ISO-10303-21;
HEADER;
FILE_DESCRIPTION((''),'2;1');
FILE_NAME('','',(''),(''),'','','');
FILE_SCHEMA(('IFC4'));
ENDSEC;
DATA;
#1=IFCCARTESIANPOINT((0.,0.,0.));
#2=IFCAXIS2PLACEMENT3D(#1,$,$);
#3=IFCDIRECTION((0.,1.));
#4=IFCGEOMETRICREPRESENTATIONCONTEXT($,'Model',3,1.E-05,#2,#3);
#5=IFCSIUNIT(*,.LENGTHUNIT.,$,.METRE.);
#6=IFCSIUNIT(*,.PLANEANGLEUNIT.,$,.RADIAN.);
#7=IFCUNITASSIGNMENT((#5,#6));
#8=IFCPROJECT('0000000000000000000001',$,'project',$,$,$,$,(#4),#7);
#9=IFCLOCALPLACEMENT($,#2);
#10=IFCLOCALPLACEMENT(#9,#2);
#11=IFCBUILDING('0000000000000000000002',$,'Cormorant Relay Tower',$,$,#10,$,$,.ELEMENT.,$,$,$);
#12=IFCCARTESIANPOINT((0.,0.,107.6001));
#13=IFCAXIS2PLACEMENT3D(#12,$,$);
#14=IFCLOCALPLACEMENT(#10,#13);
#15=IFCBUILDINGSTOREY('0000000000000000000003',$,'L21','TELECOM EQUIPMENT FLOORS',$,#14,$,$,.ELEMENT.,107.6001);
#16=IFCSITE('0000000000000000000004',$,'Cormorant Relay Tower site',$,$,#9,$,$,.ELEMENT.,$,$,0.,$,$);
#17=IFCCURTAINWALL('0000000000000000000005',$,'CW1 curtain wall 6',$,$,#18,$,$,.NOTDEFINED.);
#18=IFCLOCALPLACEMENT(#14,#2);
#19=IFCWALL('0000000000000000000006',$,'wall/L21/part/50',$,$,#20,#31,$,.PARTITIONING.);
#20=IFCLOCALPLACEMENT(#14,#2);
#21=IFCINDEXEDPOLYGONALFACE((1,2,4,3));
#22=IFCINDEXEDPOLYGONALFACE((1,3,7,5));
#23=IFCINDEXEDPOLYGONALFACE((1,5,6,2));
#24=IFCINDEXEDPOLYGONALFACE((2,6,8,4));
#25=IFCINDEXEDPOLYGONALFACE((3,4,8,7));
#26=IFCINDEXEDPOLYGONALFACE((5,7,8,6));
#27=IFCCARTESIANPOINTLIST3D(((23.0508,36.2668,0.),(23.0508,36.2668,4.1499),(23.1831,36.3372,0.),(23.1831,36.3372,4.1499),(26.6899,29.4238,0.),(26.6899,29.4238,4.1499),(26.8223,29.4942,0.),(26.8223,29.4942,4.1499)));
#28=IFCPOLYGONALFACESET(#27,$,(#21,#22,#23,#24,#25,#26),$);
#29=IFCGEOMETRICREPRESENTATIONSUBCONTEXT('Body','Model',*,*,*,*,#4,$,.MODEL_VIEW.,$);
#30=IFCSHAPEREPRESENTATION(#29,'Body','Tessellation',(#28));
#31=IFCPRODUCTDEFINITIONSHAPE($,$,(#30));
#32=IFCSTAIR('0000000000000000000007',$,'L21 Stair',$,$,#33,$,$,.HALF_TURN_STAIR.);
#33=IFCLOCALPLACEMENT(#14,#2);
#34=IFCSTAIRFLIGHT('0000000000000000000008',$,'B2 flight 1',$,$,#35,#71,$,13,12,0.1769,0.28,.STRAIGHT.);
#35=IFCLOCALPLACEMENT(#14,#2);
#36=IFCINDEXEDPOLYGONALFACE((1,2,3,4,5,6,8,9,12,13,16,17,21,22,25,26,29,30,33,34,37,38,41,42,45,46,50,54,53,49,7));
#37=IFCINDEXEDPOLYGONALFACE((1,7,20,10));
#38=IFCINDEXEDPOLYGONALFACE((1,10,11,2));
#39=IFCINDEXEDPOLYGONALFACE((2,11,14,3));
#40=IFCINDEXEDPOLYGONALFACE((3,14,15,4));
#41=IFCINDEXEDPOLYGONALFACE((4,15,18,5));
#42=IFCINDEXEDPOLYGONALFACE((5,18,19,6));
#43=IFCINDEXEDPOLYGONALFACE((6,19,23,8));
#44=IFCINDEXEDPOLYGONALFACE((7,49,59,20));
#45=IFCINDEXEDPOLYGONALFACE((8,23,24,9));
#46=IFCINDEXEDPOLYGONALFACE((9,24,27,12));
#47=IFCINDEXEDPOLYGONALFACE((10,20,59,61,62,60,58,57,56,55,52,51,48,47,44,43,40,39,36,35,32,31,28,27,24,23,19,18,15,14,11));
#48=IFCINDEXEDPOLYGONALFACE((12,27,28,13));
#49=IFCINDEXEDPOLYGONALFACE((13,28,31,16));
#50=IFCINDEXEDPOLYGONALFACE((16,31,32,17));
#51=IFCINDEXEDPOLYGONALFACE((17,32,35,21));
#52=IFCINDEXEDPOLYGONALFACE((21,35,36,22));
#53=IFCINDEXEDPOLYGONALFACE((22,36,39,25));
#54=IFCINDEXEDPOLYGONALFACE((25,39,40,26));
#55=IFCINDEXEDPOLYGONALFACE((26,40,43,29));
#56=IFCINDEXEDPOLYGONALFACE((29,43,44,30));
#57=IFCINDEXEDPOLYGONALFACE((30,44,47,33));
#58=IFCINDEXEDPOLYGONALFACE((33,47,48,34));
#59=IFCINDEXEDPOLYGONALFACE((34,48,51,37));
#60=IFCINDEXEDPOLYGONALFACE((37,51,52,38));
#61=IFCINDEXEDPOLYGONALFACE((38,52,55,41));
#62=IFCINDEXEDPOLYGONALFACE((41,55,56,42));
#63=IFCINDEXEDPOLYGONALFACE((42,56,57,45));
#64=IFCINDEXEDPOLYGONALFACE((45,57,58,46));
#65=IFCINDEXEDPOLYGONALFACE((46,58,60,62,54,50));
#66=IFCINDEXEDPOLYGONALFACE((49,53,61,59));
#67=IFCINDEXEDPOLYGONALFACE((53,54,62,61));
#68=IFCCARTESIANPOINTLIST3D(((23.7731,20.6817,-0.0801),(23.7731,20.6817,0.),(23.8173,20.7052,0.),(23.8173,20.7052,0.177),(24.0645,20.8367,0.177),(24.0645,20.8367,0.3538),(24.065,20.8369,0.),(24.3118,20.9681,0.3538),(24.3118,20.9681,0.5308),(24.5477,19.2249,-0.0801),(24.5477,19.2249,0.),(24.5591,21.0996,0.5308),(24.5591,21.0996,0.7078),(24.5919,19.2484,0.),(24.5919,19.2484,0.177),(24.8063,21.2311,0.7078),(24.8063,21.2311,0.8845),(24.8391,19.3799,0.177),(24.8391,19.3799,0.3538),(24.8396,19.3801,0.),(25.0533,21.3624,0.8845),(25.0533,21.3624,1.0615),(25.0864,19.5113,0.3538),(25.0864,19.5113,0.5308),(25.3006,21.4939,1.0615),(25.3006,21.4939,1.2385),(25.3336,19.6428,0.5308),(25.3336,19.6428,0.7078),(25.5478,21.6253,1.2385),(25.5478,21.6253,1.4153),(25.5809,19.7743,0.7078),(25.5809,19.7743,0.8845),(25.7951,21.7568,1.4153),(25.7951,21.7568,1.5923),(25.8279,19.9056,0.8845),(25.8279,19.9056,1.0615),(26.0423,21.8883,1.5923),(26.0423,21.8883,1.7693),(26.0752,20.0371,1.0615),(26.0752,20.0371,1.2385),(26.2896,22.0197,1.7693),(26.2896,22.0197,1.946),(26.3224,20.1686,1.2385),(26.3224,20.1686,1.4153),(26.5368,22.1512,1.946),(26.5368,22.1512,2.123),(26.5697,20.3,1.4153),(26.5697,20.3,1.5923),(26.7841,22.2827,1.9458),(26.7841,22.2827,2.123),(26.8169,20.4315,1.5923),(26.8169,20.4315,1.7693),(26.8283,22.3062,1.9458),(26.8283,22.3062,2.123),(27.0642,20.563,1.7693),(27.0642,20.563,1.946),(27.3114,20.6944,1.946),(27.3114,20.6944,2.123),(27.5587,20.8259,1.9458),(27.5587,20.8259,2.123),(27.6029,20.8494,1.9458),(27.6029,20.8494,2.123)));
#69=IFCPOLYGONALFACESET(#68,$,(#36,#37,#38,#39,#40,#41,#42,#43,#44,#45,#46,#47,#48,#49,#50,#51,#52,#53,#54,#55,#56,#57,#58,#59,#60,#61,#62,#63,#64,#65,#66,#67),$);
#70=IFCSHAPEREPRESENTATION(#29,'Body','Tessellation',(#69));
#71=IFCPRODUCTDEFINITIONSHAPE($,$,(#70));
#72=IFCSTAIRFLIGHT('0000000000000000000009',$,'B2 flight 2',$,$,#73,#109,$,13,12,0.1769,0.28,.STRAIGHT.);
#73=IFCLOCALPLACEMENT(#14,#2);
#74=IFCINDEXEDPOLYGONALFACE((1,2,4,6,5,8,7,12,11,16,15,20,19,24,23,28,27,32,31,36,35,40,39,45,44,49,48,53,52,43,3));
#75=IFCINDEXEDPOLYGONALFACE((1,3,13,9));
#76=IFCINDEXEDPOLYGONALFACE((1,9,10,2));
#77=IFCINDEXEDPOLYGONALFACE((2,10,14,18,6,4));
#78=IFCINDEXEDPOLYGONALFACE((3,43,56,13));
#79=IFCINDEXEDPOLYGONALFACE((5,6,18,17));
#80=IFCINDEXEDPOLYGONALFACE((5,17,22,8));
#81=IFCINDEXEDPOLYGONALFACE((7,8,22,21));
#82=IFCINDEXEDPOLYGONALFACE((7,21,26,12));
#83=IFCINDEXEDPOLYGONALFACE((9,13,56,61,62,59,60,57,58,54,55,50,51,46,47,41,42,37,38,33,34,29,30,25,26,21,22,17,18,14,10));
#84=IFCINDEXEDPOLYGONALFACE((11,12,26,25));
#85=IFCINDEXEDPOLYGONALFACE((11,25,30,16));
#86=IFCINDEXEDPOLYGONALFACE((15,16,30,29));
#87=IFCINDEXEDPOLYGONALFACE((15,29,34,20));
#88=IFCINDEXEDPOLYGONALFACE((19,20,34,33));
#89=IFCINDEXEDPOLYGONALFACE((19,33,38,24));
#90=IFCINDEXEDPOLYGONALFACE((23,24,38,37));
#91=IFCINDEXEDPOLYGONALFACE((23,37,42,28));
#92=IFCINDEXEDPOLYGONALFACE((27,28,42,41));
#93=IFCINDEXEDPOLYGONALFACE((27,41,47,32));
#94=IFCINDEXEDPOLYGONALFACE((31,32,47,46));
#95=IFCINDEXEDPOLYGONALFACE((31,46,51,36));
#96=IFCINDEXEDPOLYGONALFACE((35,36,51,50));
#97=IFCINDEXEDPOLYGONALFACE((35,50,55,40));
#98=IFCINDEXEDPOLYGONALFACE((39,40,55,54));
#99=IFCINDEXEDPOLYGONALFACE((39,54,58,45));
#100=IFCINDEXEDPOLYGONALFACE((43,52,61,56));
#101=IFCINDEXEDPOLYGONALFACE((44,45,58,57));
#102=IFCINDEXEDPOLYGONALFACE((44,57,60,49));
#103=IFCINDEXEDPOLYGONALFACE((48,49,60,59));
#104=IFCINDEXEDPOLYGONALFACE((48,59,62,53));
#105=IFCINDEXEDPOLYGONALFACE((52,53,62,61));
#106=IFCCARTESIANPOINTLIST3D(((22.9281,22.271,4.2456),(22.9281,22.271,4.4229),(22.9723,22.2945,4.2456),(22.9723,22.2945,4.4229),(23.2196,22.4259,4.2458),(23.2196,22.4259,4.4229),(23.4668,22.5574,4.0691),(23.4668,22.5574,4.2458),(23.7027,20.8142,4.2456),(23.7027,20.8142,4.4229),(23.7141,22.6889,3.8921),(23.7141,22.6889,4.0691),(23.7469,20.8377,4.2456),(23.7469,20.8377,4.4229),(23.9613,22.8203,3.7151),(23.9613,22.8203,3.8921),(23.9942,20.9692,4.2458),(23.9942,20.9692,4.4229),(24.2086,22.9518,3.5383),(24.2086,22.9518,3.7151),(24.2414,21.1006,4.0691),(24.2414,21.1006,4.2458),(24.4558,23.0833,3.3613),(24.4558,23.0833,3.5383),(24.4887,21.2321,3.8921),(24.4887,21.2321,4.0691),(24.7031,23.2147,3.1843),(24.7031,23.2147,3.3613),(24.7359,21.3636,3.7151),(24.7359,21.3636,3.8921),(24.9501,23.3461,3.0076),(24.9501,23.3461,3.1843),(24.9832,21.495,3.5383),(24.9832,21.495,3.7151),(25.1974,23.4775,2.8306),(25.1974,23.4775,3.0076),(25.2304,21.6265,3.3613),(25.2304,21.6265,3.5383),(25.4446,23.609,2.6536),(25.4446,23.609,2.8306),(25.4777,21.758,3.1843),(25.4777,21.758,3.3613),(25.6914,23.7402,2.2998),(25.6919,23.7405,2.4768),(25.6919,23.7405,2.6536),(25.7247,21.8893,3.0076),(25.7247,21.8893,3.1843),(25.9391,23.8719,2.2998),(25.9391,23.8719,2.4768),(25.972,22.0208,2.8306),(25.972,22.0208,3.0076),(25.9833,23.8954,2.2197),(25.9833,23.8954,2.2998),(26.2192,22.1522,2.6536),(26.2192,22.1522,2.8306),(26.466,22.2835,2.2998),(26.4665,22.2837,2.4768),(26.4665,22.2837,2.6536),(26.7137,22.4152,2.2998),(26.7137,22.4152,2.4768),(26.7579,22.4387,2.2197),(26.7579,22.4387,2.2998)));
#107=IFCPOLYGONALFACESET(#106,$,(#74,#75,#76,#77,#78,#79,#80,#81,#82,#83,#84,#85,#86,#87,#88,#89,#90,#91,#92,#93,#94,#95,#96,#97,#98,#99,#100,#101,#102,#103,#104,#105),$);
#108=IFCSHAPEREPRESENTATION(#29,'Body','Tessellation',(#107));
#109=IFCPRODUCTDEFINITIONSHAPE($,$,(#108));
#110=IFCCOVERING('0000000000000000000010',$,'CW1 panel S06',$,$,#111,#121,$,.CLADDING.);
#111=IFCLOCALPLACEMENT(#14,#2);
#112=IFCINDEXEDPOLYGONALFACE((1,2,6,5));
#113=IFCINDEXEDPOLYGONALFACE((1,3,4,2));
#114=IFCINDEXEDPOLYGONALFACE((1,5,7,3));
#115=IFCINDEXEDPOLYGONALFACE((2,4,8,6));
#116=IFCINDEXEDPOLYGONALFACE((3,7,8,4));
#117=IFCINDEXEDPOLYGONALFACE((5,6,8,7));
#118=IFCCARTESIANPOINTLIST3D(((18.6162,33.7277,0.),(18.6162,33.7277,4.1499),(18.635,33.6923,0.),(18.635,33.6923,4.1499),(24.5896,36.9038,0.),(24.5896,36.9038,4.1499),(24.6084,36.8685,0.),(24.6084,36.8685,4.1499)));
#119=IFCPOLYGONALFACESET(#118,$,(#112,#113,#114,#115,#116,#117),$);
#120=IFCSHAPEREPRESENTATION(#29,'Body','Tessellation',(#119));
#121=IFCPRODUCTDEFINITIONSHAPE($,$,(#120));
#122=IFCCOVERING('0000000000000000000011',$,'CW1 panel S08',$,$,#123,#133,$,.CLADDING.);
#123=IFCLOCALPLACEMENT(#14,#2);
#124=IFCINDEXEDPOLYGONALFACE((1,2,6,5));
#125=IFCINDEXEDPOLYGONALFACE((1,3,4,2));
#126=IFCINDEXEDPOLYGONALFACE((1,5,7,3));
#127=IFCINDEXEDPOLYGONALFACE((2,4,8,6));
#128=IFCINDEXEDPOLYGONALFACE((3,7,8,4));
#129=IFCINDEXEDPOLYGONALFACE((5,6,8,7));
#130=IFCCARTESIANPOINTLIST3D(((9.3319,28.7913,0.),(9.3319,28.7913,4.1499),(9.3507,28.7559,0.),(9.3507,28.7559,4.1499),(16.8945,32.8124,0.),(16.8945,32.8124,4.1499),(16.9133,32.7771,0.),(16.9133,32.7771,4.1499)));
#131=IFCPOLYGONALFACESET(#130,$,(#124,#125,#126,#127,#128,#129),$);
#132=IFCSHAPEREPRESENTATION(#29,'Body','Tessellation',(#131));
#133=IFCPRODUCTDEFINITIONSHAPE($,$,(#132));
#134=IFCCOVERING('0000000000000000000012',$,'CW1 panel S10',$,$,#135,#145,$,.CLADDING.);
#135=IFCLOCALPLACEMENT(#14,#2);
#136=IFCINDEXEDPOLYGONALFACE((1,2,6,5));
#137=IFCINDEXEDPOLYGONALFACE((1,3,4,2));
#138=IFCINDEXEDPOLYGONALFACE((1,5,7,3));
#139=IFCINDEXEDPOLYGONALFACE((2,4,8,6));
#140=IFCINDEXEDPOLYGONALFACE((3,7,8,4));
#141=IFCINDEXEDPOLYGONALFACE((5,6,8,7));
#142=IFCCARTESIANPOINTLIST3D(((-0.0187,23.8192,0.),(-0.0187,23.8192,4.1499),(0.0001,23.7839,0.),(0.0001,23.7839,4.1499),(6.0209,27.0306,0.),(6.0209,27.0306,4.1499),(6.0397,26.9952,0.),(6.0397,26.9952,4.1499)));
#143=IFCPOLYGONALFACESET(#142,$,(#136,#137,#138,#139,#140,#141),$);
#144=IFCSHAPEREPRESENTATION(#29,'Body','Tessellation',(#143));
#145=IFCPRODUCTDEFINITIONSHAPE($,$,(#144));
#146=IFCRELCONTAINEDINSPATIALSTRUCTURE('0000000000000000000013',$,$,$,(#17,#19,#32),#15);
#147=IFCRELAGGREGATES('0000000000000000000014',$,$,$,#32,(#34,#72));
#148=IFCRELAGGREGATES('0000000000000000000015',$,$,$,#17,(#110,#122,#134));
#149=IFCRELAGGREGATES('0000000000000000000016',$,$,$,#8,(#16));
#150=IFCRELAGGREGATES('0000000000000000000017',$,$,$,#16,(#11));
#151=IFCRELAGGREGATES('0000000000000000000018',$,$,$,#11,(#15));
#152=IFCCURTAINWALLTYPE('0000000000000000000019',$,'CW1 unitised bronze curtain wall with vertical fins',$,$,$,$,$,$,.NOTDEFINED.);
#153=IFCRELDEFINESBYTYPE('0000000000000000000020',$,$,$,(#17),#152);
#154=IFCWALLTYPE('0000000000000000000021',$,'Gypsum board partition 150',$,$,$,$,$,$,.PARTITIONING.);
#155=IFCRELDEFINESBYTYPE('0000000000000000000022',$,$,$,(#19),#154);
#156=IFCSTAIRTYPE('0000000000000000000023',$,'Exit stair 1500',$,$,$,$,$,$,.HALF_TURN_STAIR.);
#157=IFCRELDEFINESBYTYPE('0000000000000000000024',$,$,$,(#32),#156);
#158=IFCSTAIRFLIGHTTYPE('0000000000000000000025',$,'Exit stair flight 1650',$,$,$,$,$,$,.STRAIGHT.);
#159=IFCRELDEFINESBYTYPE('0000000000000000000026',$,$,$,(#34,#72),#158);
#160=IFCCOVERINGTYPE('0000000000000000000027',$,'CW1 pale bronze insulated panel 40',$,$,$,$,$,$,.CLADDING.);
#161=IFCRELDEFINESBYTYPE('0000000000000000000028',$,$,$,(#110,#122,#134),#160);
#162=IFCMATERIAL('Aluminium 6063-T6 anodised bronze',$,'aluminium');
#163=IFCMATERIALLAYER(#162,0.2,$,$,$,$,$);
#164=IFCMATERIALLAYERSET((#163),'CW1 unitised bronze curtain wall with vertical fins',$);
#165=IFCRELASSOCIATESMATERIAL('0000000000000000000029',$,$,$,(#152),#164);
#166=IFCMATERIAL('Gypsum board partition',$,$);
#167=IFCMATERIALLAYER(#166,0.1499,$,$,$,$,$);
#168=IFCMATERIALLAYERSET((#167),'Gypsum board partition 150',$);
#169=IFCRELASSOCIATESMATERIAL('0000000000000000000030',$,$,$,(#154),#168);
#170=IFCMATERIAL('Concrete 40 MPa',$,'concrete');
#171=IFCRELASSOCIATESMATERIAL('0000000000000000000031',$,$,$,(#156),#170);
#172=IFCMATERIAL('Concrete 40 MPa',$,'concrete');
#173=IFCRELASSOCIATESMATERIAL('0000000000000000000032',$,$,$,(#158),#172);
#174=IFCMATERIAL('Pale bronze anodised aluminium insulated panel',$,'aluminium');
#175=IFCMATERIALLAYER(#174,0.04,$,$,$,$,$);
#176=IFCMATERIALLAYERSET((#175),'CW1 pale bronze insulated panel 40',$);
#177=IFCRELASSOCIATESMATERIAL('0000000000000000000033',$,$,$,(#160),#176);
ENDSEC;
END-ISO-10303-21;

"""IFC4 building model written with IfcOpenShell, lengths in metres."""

from ifc_helpers import new_model, si_unit, direction, frame, frame_2d, origin, origin_2d, place, context, subcontext, project, spatial, polyline, rectangle, outline, extrude, material, layer, layer_set, type_object, element, aggregate, save


model = new_model("IFC4")

# Units and contexts
model_context = context("Model", 3, precision=1e-05, world=origin(), true_north=direction((0.0, 1.0)))
body_context = subcontext(model_context, "Body", "Model", "MODEL_VIEW")
ifc_project = project(units=[si_unit("LENGTHUNIT", "METRE"), si_unit("PLANEANGLEUNIT", "RADIAN")], contexts=[model_context])

# Site, building, storey
site_placement = place(None, origin())
site = spatial("IfcSite", under=ifc_project, at=site_placement, Name="Cormorant Relay Tower site", CompositionType="ELEMENT", RefElevation=0.0)
building_placement = place(site_placement, origin())
building = spatial("IfcBuilding", under=site, at=building_placement, Name="Cormorant Relay Tower", CompositionType="ELEMENT")
storey_placement = place(building_placement, frame((0.0, 0.0, 107.6001)))
storey = spatial("IfcBuildingStorey", under=building, at=storey_placement, Name="L21", Description="TELECOM EQUIPMENT FLOORS", CompositionType="ELEMENT", Elevation=107.6001)

# Curtain wall
ifc_material_1 = material(Name="Aluminium 6063-T6 anodised bronze", Category="aluminium")
ifc_layer_1 = layer(ifc_material_1, 0.2)
ifc_layer_set_1 = layer_set([ifc_layer_1], Name="CW1 unitised bronze curtain wall with vertical fins")
curtain_wall_type = type_object("IfcCurtainWallType", Name="CW1 unitised bronze curtain wall with vertical fins", PredefinedType="NOTDEFINED", material=ifc_layer_set_1)
curtain_wall_1_placement = place(storey_placement, origin())
curtain_wall_1 = element("IfcCurtainWall", 1, at=curtain_wall_1_placement, inside=storey, type_object=curtain_wall_type, Name="CW1 curtain wall 6", PredefinedType="NOTDEFINED")

# Wall
ifc_material_2 = material(Name="Gypsum board partition")
ifc_layer_2 = layer(ifc_material_2, 0.1499)
ifc_layer_set_2 = layer_set([ifc_layer_2], Name="Gypsum board partition 150")
wall_type_1 = type_object("IfcWallType", Name="Gypsum board partition 150", PredefinedType="PARTITIONING", material=ifc_layer_set_2)
wall_1_placement = place(storey_placement, frame((23.1169, 36.302, 0.0), z_axis=(0.0, 0.0, 1.0), x_axis=(0.469538, -0.882912, 0.0)))
element("IfcWall", 2, at=wall_1_placement, inside=storey, type_object=wall_type_1, Name="wall/L21/part/50", PredefinedType="PARTITIONING", context=body_context, shape_type="SweptSolid", body=[
    extrude(rectangle(XDim=7.7505, YDim=0.1499, at=frame_2d((3.8752, 0.0))), origin(), (0.0, 0.0, 1.0), 4.1499),
])

# Stair, stair flights
ifc_material_3 = material(Name="Concrete 40 MPa", Category="concrete")
stair_type = type_object("IfcStairType", Name="Exit stair 1500", PredefinedType="HALF_TURN_STAIR", material=ifc_material_3)
stair_placement = place(storey_placement, origin())
stair = element("IfcStair", 3, at=stair_placement, inside=storey, type_object=stair_type, Name="L21 Stair", PredefinedType="HALF_TURN_STAIR")
ifc_material_4 = material(Name="Concrete 40 MPa", Category="concrete")
stair_flight_type = type_object("IfcStairFlightType", Name="Exit stair flight 1650", PredefinedType="STRAIGHT", material=ifc_material_4)
stair_flight_1_placement = place(storey_placement, frame((24.2046, 19.9768, 0.0), z_axis=(0.0, 0.0, 1.0), x_axis=(0.882948, 0.469472, 0.0)))
stair_flight_1 = element("IfcStairFlight", 4, at=stair_flight_1_placement, type_object=stair_flight_type, Name="B2 flight 1", NumberOfRisers=13, NumberOfTreads=12, PredefinedType="STRAIGHT", RiserHeight=0.1769, TreadLength=0.28, context=body_context, shape_type="SweptSolid", body=[
    extrude(outline(polyline([(-0.05, -0.0801), (-0.05, 0.0), (0.0, 0.0), (0.0, 0.177), (0.28, 0.177), (0.28, 0.3538), (0.5601, 0.3538), (0.5601, 0.5308), (0.8401, 0.5308), (0.8401, 0.7078), (1.1201, 0.7078), (1.1201, 0.8845), (1.3999, 0.8845), (1.3999, 1.0615), (1.6799, 1.0615), (1.6799, 1.2385), (1.96, 1.2385), (1.96, 1.4153), (2.24, 1.4153), (2.24, 1.5923), (2.52, 1.5923), (2.52, 1.7693), (2.8, 1.7693), (2.8, 1.946), (3.0801, 1.946), (3.0801, 2.123), (3.3601, 2.123), (3.4102, 2.123), (3.4102, 1.9458), (3.3601, 1.9458), (0.2805, 0.0), (-0.05, -0.0801)])), frame((0.0, 0.825, 0.0), z_axis=(0.0, -1.0, 0.0), x_axis=(1.0, 0.0, 0.0)), (0.0, 0.0, 1.0), 1.6499),
])
stair_flight_2_placement = place(storey_placement, frame((26.3264, 23.1436, 2.2998), z_axis=(0.0, 0.0, 1.0), x_axis=(-0.882948, -0.469472, 0.0)))
stair_flight_2 = element("IfcStairFlight", 5, at=stair_flight_2_placement, type_object=stair_flight_type, Name="B2 flight 2", NumberOfRisers=13, NumberOfTreads=12, PredefinedType="STRAIGHT", RiserHeight=0.1769, TreadLength=0.28, context=body_context, shape_type="SweptSolid", body=[
    extrude(outline(polyline([(-0.05, -0.0801), (-0.05, 0.0), (0.0, 0.0), (0.0, 0.177), (0.28, 0.177), (0.28, 0.3538), (0.5601, 0.3538), (0.5601, 0.5308), (0.8401, 0.5308), (0.8401, 0.7078), (1.1201, 0.7078), (1.1201, 0.8845), (1.3999, 0.8845), (1.3999, 1.0615), (1.6799, 1.0615), (1.6799, 1.2385), (1.96, 1.2385), (1.96, 1.4153), (2.24, 1.4153), (2.24, 1.5923), (2.52, 1.5923), (2.52, 1.7693), (2.8, 1.7693), (2.8, 1.946), (3.0801, 1.946), (3.0801, 2.123), (3.3601, 2.123), (3.4102, 2.123), (3.4102, 1.9458), (3.3601, 1.9458), (0.2805, 0.0), (-0.05, -0.0801)])), frame((0.0, 0.825, 0.0), z_axis=(0.0, -1.0, 0.0), x_axis=(1.0, 0.0, 0.0)), (0.0, 0.0, 1.0), 1.6499),
])
aggregate(stair, [stair_flight_1, stair_flight_2])

# Coverings
ifc_material_5 = material(Name="Pale bronze anodised aluminium insulated panel", Category="aluminium")
ifc_layer_3 = layer(ifc_material_5, 0.04)
ifc_layer_set_3 = layer_set([ifc_layer_3], Name="CW1 pale bronze insulated panel 40")
covering_type = type_object("IfcCoveringType", Name="CW1 pale bronze insulated panel 40", PredefinedType="CLADDING", material=ifc_layer_set_3)
covering_1_placement = place(storey_placement, frame((21.6123, 35.2981, 0.0), z_axis=(0.0, 0.0, 1.0), x_axis=(-0.882948, -0.469472, 0.0)))
covering_1 = element("IfcCovering", 6, at=covering_1_placement, type_object=covering_type, Name="CW1 panel S06", PredefinedType="CLADDING", context=body_context, shape_type="SweptSolid", body=[
    extrude(rectangle(XDim=6.7654, YDim=0.04, at=origin_2d()), origin(), (0.0, 0.0, 1.0), 4.1499),
])
covering_2_placement = place(storey_placement, frame((13.1226, 30.7842, 0.0), z_axis=(0.0, 0.0, 1.0), x_axis=(-0.882948, -0.469472, 0.0)))
covering_2 = element("IfcCovering", 7, at=covering_2_placement, type_object=covering_type, Name="CW1 panel S08", PredefinedType="CLADDING", context=body_context, shape_type="SweptSolid", body=[
    extrude(rectangle(XDim=8.5652, YDim=0.04, at=origin_2d()), origin(), (0.0, 0.0, 1.0), 4.1499),
])
covering_3_placement = place(storey_placement, frame((3.0105, 25.4072, 0.0), z_axis=(0.0, 0.0, 1.0), x_axis=(-0.882948, -0.469472, 0.0)))
covering_3 = element("IfcCovering", 8, at=covering_3_placement, type_object=covering_type, Name="CW1 panel S10", PredefinedType="CLADDING", context=body_context, shape_type="SweptSolid", body=[
    extrude(rectangle(XDim=6.8403, YDim=0.04, at=origin_2d()), origin(), (0.0, 0.0, 1.0), 4.1499),
])
aggregate(curtain_wall_1, [covering_1, covering_2, covering_3])

save(model, "model.ifc")
